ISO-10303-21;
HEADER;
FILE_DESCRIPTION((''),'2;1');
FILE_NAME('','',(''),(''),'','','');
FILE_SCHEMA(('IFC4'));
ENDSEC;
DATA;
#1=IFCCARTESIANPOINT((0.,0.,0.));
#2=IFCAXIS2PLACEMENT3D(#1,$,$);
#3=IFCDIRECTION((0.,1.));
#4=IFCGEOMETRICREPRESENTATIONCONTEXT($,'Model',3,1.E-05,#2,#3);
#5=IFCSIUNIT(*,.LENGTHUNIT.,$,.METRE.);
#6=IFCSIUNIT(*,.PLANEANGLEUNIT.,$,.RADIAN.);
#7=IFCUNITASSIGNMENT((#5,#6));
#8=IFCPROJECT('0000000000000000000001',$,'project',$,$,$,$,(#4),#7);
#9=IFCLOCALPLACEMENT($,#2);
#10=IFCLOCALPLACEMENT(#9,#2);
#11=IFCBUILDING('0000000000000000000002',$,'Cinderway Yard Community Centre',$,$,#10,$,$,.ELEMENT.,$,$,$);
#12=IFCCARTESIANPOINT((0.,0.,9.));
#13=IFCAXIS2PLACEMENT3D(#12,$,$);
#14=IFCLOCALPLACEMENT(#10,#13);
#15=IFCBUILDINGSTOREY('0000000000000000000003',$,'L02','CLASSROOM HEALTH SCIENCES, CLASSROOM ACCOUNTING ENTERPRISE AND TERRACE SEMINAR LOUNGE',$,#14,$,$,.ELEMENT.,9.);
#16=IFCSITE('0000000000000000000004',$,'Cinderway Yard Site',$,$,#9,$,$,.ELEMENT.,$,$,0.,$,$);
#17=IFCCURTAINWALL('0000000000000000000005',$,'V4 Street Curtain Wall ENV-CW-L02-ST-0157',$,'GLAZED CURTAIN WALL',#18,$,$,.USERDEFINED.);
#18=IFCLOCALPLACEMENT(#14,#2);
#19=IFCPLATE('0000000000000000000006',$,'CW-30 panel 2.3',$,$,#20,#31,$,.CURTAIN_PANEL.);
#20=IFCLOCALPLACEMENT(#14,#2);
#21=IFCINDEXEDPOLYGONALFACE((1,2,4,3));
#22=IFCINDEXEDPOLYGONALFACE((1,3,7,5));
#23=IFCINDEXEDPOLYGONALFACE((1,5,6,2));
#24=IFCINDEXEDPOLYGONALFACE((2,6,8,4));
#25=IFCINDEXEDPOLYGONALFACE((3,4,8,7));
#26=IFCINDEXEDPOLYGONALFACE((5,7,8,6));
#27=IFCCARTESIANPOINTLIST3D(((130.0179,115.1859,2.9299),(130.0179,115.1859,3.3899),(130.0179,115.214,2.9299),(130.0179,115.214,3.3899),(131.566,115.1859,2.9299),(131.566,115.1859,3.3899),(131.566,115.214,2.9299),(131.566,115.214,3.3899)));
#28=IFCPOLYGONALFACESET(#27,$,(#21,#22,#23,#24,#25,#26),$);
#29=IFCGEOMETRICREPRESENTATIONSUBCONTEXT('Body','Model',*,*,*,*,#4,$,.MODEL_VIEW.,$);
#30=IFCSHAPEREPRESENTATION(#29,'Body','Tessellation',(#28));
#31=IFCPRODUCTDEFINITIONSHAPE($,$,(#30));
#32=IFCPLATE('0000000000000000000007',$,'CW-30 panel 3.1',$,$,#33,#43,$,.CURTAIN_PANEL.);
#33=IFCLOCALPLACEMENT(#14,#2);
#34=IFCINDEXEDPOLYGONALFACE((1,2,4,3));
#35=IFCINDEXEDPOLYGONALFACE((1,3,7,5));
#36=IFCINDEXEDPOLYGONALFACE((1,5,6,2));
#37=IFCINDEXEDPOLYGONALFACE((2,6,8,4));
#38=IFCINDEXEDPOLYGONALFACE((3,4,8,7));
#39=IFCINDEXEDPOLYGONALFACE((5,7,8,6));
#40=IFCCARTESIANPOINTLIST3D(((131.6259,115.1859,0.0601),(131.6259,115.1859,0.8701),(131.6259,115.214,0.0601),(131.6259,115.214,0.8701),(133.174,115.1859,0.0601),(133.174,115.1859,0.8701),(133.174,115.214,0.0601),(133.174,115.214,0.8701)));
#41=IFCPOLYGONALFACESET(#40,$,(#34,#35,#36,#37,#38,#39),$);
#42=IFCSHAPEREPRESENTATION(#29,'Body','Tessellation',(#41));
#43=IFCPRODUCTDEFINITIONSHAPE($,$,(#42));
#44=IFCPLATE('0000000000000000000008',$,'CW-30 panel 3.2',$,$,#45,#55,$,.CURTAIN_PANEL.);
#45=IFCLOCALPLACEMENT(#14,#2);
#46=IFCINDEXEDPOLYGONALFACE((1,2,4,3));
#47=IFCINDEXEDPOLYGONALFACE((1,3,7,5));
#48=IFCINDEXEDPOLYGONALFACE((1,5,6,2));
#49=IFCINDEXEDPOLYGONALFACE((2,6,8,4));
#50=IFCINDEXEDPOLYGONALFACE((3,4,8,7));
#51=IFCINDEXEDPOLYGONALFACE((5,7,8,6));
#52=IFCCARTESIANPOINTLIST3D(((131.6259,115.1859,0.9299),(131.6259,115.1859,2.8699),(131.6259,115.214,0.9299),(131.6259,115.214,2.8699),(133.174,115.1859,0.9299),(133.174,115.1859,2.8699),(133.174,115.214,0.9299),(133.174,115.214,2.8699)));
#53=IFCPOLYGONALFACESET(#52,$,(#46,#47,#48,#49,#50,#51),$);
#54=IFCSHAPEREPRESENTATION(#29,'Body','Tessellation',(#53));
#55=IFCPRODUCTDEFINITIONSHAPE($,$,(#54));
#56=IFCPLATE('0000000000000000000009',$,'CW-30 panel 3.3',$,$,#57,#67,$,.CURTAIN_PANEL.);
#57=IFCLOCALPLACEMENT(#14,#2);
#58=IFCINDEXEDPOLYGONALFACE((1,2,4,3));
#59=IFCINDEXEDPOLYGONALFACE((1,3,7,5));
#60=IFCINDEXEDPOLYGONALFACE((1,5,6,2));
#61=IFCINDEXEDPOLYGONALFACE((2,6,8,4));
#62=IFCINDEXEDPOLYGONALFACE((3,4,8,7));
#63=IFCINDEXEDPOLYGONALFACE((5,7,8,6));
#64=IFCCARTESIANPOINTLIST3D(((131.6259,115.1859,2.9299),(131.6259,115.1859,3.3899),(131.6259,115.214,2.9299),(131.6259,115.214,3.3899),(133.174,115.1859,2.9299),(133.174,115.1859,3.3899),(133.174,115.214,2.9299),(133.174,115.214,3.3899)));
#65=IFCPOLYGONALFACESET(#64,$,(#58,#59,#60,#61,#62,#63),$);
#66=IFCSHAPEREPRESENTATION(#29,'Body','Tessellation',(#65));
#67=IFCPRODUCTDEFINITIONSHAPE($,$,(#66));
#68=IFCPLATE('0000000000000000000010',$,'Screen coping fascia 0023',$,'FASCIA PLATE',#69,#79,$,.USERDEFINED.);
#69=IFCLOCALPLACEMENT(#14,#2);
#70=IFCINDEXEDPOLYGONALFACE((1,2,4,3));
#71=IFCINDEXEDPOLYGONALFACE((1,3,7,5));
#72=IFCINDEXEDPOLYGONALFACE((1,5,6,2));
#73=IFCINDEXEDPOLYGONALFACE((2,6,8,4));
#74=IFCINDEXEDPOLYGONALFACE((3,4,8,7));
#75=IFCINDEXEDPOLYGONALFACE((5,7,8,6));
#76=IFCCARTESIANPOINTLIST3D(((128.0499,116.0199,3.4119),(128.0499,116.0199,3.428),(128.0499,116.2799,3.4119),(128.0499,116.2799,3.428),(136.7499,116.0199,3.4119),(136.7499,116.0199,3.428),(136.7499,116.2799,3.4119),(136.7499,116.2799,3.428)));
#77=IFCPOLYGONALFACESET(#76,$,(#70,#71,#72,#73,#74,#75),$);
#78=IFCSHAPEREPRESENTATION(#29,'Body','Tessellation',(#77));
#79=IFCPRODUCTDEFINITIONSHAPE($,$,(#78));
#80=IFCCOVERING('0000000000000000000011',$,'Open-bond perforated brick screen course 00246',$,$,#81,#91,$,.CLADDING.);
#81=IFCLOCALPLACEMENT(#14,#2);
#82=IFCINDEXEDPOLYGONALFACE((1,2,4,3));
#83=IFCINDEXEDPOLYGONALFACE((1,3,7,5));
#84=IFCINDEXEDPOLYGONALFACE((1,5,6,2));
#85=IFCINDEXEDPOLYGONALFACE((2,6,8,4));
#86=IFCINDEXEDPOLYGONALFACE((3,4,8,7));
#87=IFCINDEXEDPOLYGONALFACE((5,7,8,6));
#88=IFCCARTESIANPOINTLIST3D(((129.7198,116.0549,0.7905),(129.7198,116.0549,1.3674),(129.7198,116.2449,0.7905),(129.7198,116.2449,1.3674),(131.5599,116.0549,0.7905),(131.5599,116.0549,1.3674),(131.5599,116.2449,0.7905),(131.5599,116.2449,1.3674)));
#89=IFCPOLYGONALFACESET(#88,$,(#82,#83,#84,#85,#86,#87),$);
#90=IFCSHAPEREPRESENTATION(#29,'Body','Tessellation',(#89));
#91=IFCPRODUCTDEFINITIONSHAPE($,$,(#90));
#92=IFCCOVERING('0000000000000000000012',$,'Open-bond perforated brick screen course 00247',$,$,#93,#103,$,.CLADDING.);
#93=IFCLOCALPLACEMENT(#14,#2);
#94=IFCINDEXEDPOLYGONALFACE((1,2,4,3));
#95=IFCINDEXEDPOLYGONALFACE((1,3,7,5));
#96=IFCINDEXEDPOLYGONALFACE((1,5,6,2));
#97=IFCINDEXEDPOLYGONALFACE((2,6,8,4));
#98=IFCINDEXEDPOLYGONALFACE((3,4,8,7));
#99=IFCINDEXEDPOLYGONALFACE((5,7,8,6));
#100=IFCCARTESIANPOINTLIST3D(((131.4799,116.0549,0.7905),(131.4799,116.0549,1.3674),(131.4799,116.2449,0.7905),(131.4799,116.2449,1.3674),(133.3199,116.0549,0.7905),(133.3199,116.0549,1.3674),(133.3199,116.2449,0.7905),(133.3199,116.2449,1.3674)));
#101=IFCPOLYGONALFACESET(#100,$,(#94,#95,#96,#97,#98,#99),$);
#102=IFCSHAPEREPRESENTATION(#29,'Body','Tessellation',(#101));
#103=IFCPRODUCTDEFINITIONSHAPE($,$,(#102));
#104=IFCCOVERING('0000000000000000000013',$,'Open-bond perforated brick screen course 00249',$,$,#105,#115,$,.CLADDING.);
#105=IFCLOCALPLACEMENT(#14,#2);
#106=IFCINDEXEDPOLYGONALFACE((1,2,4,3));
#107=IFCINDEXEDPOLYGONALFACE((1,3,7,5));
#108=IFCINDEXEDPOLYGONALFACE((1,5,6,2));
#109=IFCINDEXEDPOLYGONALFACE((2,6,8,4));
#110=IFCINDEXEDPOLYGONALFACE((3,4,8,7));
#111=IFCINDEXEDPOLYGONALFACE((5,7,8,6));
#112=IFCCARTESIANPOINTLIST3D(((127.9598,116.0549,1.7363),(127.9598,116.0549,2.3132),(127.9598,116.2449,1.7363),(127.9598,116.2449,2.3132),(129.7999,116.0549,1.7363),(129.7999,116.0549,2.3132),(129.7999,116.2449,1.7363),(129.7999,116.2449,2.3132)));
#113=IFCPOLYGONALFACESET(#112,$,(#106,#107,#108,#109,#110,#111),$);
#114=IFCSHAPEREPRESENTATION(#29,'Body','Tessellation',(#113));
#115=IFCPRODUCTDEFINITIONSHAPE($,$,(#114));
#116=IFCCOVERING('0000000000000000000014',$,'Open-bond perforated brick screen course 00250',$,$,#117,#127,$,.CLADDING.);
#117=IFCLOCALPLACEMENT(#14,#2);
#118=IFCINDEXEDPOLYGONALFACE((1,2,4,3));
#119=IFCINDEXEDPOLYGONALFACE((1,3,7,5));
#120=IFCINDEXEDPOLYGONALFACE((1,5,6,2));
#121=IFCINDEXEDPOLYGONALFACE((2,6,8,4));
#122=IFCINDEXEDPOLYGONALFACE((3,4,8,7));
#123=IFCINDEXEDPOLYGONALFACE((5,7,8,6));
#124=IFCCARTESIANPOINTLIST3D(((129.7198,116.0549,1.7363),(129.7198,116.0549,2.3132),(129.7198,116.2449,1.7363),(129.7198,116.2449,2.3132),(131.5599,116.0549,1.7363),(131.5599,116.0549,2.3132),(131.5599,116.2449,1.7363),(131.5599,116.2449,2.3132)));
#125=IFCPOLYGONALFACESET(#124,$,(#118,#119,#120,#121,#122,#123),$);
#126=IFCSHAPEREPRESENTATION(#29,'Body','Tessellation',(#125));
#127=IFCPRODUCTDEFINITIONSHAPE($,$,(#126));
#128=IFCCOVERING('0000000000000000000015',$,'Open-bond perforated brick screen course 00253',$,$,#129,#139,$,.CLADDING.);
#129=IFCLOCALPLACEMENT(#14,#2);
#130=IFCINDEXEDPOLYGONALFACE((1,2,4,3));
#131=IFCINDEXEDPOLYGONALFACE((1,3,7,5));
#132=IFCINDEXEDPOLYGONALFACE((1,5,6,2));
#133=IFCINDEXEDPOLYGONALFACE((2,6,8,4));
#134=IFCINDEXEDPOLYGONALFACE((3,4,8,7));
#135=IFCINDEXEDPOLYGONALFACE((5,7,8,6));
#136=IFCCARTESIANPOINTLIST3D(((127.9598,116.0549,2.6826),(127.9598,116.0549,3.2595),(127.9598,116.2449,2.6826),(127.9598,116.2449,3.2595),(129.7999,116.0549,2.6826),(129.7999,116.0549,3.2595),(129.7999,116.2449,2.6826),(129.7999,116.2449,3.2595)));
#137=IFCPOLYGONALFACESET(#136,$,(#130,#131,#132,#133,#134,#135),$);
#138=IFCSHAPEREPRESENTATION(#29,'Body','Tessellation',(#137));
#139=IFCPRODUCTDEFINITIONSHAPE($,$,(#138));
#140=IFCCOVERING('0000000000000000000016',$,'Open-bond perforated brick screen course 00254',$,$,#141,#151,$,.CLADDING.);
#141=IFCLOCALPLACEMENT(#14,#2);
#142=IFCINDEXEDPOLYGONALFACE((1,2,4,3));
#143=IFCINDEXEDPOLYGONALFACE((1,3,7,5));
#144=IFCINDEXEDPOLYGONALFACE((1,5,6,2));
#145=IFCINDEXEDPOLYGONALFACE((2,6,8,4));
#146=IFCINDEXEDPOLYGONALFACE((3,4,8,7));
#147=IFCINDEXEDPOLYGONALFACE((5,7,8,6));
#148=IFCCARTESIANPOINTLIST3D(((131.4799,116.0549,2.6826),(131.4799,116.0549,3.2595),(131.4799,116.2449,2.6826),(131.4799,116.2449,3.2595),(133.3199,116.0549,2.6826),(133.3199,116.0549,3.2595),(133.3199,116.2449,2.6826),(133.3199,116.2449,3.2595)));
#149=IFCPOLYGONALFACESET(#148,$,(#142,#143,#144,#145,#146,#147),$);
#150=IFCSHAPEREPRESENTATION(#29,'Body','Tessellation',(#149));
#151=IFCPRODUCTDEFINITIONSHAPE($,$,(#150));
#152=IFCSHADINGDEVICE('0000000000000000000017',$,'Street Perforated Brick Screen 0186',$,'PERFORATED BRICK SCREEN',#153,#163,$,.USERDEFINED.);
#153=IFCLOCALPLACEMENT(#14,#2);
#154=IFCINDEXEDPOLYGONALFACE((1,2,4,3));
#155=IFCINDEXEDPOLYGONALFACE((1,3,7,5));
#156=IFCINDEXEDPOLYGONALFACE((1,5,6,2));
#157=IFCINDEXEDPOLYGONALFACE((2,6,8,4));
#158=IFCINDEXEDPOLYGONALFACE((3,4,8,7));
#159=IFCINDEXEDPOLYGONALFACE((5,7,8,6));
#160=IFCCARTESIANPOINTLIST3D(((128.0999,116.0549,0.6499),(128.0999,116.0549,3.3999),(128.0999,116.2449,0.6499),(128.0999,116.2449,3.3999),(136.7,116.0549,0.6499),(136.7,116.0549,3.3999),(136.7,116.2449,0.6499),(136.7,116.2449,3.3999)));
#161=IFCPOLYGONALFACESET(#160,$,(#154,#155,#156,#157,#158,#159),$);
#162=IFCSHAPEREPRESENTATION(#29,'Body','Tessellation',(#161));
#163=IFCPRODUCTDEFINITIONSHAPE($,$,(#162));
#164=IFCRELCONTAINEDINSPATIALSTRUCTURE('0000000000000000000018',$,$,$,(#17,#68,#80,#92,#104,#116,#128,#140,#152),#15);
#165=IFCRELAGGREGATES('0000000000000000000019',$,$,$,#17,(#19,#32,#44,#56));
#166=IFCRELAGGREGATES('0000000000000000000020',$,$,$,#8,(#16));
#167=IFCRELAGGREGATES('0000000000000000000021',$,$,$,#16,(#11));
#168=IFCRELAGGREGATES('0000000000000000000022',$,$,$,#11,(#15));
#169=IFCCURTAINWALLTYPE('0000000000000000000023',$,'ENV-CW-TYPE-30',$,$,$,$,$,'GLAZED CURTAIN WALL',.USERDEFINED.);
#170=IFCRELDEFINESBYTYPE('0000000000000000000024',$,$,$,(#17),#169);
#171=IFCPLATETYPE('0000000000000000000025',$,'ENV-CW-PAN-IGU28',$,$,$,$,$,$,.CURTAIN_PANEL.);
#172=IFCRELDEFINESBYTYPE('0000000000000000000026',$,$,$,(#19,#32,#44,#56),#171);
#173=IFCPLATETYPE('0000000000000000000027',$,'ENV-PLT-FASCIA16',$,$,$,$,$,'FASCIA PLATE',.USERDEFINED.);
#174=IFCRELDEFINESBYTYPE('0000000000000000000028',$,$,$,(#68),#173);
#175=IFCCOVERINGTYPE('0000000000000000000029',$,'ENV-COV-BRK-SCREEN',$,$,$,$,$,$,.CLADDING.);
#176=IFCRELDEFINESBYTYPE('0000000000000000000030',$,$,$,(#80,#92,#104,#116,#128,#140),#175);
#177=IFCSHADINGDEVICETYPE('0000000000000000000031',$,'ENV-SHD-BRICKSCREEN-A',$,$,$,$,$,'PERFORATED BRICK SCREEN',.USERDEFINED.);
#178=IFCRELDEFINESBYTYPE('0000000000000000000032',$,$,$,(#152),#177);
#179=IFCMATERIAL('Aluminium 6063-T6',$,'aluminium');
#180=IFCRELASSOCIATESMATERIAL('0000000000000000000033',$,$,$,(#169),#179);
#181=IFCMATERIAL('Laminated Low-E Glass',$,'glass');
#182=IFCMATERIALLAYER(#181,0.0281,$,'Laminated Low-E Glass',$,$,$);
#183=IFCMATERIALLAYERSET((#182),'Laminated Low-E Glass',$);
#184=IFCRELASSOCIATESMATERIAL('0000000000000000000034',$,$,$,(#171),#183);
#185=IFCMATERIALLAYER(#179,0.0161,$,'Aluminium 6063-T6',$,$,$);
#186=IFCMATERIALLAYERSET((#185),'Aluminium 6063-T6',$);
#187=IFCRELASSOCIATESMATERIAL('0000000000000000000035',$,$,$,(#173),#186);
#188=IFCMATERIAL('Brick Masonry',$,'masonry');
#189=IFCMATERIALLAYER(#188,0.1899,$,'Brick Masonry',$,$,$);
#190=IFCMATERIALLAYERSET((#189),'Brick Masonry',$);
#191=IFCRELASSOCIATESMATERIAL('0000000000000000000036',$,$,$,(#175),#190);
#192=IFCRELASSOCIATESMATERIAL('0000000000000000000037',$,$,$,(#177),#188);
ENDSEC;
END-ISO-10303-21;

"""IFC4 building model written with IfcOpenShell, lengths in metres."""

from ifc_helpers import new_model, si_unit, direction, frame, origin, origin_2d, place, context, subcontext, project, spatial, rectangle, extrude, material, layer, layer_set, type_object, element, aggregate, save


model = new_model("IFC4")

# Units and contexts
model_context = context("Model", 3, precision=1e-05, world=origin(), true_north=direction((0.0, 1.0)))
body_context = subcontext(model_context, "Body", "Model", "MODEL_VIEW")
ifc_project = project(units=[si_unit("LENGTHUNIT", "METRE"), si_unit("PLANEANGLEUNIT", "RADIAN")], contexts=[model_context])

# Site, building, storey
site_placement = place(None, origin())
site = spatial("IfcSite", under=ifc_project, at=site_placement, Name="Cinderway Yard Site", CompositionType="ELEMENT", RefElevation=0.0)
building_placement = place(site_placement, origin())
building = spatial("IfcBuilding", under=site, at=building_placement, Name="Cinderway Yard Community Centre", CompositionType="ELEMENT")
storey_placement = place(building_placement, frame((0.0, 0.0, 9.0)))
storey = spatial("IfcBuildingStorey", under=building, at=storey_placement, Name="L02", Description="CLASSROOM HEALTH SCIENCES, CLASSROOM ACCOUNTING ENTERPRISE AND TERRACE SEMINAR LOUNGE", CompositionType="ELEMENT", Elevation=9.0)

# Curtain wall
ifc_material_1 = material(Name="Aluminium 6063-T6", Category="aluminium")
curtain_wall_type = type_object("IfcCurtainWallType", Name="ENV-CW-TYPE-30", ElementType="GLAZED CURTAIN WALL", PredefinedType="USERDEFINED", material=ifc_material_1)
curtain_wall_placement = place(storey_placement, origin())
curtain_wall = element("IfcCurtainWall", 1, at=curtain_wall_placement, inside=storey, type_object=curtain_wall_type, Name="V4 Street Curtain Wall ENV-CW-L02-ST-0157", ObjectType="GLAZED CURTAIN WALL", PredefinedType="USERDEFINED")

# Plates
ifc_material_2 = material(Name="Laminated Low-E Glass", Category="glass")
ifc_layer_1 = layer(ifc_material_2, 0.0281, Name="Laminated Low-E Glass")
ifc_layer_set_1 = layer_set([ifc_layer_1], Name="Laminated Low-E Glass")
plate_type_1 = type_object("IfcPlateType", Name="ENV-CW-PAN-IGU28", PredefinedType="CURTAIN_PANEL", material=ifc_layer_set_1)
plate_1_placement = place(storey_placement, frame((130.792, 115.2, 2.9299), z_axis=(0.0, 0.0, 1.0), x_axis=(1.0, 0.0, 0.0)))
plate_1 = element("IfcPlate", 2, at=plate_1_placement, type_object=plate_type_1, Name="CW-30 panel 2.3", PredefinedType="CURTAIN_PANEL", context=body_context, shape_type="SweptSolid", body=[
    extrude(rectangle(XDim=1.5481, YDim=0.0281, at=origin_2d()), origin(), (0.0, 0.0, 1.0), 0.46),
])
plate_2_placement = place(storey_placement, frame((132.3999, 115.2, 0.0601), z_axis=(0.0, 0.0, 1.0), x_axis=(1.0, 0.0, 0.0)))
plate_2 = element("IfcPlate", 3, at=plate_2_placement, type_object=plate_type_1, Name="CW-30 panel 3.1", PredefinedType="CURTAIN_PANEL", context=body_context, shape_type="SweptSolid", body=[
    extrude(rectangle(XDim=1.5481, YDim=0.0281, at=origin_2d()), origin(), (0.0, 0.0, 1.0), 0.8101),
])
plate_3_placement = place(storey_placement, frame((132.3999, 115.2, 0.9299), z_axis=(0.0, 0.0, 1.0), x_axis=(1.0, 0.0, 0.0)))
plate_3 = element("IfcPlate", 4, at=plate_3_placement, type_object=plate_type_1, Name="CW-30 panel 3.2", PredefinedType="CURTAIN_PANEL", context=body_context, shape_type="SweptSolid", body=[
    extrude(rectangle(XDim=1.5481, YDim=0.0281, at=origin_2d()), origin(), (0.0, 0.0, 1.0), 1.9399),
])
plate_4_placement = place(storey_placement, frame((132.3999, 115.2, 2.9299), z_axis=(0.0, 0.0, 1.0), x_axis=(1.0, 0.0, 0.0)))
plate_4 = element("IfcPlate", 5, at=plate_4_placement, type_object=plate_type_1, Name="CW-30 panel 3.3", PredefinedType="CURTAIN_PANEL", context=body_context, shape_type="SweptSolid", body=[
    extrude(rectangle(XDim=1.5481, YDim=0.0281, at=origin_2d()), origin(), (0.0, 0.0, 1.0), 0.46),
])
aggregate(curtain_wall, [plate_1, plate_2, plate_3, plate_4])
ifc_layer_2 = layer(ifc_material_1, 0.0161, Name="Aluminium 6063-T6")
ifc_layer_set_2 = layer_set([ifc_layer_2], Name="Aluminium 6063-T6")
plate_type_2 = type_object("IfcPlateType", Name="ENV-PLT-FASCIA16", ElementType="FASCIA PLATE", PredefinedType="USERDEFINED", material=ifc_layer_set_2)
plate_5_placement = place(storey_placement, frame((132.3999, 116.1499, 3.4119), z_axis=(0.0, 0.0, 1.0), x_axis=(1.0, 0.0, 0.0)))
element("IfcPlate", 6, at=plate_5_placement, inside=storey, type_object=plate_type_2, Name="Screen coping fascia 0023", ObjectType="FASCIA PLATE", PredefinedType="USERDEFINED", context=body_context, shape_type="SweptSolid", body=[
    extrude(rectangle(XDim=8.7, YDim=0.26, at=origin_2d()), origin(), (0.0, 0.0, 1.0), 0.0161),
])

# Coverings
ifc_material_3 = material(Name="Brick Masonry", Category="masonry")
ifc_layer_3 = layer(ifc_material_3, 0.1899, Name="Brick Masonry")
ifc_layer_set_3 = layer_set([ifc_layer_3], Name="Brick Masonry")
covering_type = type_object("IfcCoveringType", Name="ENV-COV-BRK-SCREEN", PredefinedType="CLADDING", material=ifc_layer_set_3)
for number, where, z_axis, x_axis, name in (
    (7, (130.6399, 116.1499, 0.7905), (0.0, 0.0, 1.0), (1.0, 0.0, 0.0), "Open-bond perforated brick screen course 00246"),
    (8, (132.3999, 116.1499, 0.7905), (0.0, 0.0, 1.0), (1.0, 0.0, 0.0), "Open-bond perforated brick screen course 00247"),
    (9, (128.8799, 116.1499, 1.7363), (0.0, 0.0, 1.0), (1.0, 0.0, 0.0), "Open-bond perforated brick screen course 00249"),
    (10, (130.6399, 116.1499, 1.7363), (0.0, 0.0, 1.0), (1.0, 0.0, 0.0), "Open-bond perforated brick screen course 00250"),
    (11, (128.8799, 116.1499, 2.6826), (0.0, 0.0, 1.0), (1.0, 0.0, 0.0), "Open-bond perforated brick screen course 00253"),
    (12, (132.3999, 116.1499, 2.6826), (0.0, 0.0, 1.0), (1.0, 0.0, 0.0), "Open-bond perforated brick screen course 00254"),
):
    element("IfcCovering", number, at=place(storey_placement, frame(where, z_axis=z_axis, x_axis=x_axis)), inside=storey, type_object=covering_type, Name=name, PredefinedType="CLADDING", context=body_context, shape_type="SweptSolid", body=[
        extrude(rectangle(XDim=1.8401, YDim=0.1899, at=origin_2d()), origin(), (0.0, 0.0, 1.0), 0.5769),
    ])

# Shading device
shading_device_type = type_object("IfcShadingDeviceType", Name="ENV-SHD-BRICKSCREEN-A", ElementType="PERFORATED BRICK SCREEN", PredefinedType="USERDEFINED", material=ifc_material_3)
shading_device_placement = place(storey_placement, frame((132.3999, 116.1499, 0.6499), z_axis=(0.0, 0.0, 1.0), x_axis=(1.0, 0.0, 0.0)))
element("IfcShadingDevice", 13, at=shading_device_placement, inside=storey, type_object=shading_device_type, Name="Street Perforated Brick Screen 0186", ObjectType="PERFORATED BRICK SCREEN", PredefinedType="USERDEFINED", context=body_context, shape_type="SweptSolid", body=[
    extrude(rectangle(XDim=8.6001, YDim=0.1899, at=origin_2d()), origin(), (0.0, 0.0, 1.0), 2.75),
])

save(model, "model.ifc")
